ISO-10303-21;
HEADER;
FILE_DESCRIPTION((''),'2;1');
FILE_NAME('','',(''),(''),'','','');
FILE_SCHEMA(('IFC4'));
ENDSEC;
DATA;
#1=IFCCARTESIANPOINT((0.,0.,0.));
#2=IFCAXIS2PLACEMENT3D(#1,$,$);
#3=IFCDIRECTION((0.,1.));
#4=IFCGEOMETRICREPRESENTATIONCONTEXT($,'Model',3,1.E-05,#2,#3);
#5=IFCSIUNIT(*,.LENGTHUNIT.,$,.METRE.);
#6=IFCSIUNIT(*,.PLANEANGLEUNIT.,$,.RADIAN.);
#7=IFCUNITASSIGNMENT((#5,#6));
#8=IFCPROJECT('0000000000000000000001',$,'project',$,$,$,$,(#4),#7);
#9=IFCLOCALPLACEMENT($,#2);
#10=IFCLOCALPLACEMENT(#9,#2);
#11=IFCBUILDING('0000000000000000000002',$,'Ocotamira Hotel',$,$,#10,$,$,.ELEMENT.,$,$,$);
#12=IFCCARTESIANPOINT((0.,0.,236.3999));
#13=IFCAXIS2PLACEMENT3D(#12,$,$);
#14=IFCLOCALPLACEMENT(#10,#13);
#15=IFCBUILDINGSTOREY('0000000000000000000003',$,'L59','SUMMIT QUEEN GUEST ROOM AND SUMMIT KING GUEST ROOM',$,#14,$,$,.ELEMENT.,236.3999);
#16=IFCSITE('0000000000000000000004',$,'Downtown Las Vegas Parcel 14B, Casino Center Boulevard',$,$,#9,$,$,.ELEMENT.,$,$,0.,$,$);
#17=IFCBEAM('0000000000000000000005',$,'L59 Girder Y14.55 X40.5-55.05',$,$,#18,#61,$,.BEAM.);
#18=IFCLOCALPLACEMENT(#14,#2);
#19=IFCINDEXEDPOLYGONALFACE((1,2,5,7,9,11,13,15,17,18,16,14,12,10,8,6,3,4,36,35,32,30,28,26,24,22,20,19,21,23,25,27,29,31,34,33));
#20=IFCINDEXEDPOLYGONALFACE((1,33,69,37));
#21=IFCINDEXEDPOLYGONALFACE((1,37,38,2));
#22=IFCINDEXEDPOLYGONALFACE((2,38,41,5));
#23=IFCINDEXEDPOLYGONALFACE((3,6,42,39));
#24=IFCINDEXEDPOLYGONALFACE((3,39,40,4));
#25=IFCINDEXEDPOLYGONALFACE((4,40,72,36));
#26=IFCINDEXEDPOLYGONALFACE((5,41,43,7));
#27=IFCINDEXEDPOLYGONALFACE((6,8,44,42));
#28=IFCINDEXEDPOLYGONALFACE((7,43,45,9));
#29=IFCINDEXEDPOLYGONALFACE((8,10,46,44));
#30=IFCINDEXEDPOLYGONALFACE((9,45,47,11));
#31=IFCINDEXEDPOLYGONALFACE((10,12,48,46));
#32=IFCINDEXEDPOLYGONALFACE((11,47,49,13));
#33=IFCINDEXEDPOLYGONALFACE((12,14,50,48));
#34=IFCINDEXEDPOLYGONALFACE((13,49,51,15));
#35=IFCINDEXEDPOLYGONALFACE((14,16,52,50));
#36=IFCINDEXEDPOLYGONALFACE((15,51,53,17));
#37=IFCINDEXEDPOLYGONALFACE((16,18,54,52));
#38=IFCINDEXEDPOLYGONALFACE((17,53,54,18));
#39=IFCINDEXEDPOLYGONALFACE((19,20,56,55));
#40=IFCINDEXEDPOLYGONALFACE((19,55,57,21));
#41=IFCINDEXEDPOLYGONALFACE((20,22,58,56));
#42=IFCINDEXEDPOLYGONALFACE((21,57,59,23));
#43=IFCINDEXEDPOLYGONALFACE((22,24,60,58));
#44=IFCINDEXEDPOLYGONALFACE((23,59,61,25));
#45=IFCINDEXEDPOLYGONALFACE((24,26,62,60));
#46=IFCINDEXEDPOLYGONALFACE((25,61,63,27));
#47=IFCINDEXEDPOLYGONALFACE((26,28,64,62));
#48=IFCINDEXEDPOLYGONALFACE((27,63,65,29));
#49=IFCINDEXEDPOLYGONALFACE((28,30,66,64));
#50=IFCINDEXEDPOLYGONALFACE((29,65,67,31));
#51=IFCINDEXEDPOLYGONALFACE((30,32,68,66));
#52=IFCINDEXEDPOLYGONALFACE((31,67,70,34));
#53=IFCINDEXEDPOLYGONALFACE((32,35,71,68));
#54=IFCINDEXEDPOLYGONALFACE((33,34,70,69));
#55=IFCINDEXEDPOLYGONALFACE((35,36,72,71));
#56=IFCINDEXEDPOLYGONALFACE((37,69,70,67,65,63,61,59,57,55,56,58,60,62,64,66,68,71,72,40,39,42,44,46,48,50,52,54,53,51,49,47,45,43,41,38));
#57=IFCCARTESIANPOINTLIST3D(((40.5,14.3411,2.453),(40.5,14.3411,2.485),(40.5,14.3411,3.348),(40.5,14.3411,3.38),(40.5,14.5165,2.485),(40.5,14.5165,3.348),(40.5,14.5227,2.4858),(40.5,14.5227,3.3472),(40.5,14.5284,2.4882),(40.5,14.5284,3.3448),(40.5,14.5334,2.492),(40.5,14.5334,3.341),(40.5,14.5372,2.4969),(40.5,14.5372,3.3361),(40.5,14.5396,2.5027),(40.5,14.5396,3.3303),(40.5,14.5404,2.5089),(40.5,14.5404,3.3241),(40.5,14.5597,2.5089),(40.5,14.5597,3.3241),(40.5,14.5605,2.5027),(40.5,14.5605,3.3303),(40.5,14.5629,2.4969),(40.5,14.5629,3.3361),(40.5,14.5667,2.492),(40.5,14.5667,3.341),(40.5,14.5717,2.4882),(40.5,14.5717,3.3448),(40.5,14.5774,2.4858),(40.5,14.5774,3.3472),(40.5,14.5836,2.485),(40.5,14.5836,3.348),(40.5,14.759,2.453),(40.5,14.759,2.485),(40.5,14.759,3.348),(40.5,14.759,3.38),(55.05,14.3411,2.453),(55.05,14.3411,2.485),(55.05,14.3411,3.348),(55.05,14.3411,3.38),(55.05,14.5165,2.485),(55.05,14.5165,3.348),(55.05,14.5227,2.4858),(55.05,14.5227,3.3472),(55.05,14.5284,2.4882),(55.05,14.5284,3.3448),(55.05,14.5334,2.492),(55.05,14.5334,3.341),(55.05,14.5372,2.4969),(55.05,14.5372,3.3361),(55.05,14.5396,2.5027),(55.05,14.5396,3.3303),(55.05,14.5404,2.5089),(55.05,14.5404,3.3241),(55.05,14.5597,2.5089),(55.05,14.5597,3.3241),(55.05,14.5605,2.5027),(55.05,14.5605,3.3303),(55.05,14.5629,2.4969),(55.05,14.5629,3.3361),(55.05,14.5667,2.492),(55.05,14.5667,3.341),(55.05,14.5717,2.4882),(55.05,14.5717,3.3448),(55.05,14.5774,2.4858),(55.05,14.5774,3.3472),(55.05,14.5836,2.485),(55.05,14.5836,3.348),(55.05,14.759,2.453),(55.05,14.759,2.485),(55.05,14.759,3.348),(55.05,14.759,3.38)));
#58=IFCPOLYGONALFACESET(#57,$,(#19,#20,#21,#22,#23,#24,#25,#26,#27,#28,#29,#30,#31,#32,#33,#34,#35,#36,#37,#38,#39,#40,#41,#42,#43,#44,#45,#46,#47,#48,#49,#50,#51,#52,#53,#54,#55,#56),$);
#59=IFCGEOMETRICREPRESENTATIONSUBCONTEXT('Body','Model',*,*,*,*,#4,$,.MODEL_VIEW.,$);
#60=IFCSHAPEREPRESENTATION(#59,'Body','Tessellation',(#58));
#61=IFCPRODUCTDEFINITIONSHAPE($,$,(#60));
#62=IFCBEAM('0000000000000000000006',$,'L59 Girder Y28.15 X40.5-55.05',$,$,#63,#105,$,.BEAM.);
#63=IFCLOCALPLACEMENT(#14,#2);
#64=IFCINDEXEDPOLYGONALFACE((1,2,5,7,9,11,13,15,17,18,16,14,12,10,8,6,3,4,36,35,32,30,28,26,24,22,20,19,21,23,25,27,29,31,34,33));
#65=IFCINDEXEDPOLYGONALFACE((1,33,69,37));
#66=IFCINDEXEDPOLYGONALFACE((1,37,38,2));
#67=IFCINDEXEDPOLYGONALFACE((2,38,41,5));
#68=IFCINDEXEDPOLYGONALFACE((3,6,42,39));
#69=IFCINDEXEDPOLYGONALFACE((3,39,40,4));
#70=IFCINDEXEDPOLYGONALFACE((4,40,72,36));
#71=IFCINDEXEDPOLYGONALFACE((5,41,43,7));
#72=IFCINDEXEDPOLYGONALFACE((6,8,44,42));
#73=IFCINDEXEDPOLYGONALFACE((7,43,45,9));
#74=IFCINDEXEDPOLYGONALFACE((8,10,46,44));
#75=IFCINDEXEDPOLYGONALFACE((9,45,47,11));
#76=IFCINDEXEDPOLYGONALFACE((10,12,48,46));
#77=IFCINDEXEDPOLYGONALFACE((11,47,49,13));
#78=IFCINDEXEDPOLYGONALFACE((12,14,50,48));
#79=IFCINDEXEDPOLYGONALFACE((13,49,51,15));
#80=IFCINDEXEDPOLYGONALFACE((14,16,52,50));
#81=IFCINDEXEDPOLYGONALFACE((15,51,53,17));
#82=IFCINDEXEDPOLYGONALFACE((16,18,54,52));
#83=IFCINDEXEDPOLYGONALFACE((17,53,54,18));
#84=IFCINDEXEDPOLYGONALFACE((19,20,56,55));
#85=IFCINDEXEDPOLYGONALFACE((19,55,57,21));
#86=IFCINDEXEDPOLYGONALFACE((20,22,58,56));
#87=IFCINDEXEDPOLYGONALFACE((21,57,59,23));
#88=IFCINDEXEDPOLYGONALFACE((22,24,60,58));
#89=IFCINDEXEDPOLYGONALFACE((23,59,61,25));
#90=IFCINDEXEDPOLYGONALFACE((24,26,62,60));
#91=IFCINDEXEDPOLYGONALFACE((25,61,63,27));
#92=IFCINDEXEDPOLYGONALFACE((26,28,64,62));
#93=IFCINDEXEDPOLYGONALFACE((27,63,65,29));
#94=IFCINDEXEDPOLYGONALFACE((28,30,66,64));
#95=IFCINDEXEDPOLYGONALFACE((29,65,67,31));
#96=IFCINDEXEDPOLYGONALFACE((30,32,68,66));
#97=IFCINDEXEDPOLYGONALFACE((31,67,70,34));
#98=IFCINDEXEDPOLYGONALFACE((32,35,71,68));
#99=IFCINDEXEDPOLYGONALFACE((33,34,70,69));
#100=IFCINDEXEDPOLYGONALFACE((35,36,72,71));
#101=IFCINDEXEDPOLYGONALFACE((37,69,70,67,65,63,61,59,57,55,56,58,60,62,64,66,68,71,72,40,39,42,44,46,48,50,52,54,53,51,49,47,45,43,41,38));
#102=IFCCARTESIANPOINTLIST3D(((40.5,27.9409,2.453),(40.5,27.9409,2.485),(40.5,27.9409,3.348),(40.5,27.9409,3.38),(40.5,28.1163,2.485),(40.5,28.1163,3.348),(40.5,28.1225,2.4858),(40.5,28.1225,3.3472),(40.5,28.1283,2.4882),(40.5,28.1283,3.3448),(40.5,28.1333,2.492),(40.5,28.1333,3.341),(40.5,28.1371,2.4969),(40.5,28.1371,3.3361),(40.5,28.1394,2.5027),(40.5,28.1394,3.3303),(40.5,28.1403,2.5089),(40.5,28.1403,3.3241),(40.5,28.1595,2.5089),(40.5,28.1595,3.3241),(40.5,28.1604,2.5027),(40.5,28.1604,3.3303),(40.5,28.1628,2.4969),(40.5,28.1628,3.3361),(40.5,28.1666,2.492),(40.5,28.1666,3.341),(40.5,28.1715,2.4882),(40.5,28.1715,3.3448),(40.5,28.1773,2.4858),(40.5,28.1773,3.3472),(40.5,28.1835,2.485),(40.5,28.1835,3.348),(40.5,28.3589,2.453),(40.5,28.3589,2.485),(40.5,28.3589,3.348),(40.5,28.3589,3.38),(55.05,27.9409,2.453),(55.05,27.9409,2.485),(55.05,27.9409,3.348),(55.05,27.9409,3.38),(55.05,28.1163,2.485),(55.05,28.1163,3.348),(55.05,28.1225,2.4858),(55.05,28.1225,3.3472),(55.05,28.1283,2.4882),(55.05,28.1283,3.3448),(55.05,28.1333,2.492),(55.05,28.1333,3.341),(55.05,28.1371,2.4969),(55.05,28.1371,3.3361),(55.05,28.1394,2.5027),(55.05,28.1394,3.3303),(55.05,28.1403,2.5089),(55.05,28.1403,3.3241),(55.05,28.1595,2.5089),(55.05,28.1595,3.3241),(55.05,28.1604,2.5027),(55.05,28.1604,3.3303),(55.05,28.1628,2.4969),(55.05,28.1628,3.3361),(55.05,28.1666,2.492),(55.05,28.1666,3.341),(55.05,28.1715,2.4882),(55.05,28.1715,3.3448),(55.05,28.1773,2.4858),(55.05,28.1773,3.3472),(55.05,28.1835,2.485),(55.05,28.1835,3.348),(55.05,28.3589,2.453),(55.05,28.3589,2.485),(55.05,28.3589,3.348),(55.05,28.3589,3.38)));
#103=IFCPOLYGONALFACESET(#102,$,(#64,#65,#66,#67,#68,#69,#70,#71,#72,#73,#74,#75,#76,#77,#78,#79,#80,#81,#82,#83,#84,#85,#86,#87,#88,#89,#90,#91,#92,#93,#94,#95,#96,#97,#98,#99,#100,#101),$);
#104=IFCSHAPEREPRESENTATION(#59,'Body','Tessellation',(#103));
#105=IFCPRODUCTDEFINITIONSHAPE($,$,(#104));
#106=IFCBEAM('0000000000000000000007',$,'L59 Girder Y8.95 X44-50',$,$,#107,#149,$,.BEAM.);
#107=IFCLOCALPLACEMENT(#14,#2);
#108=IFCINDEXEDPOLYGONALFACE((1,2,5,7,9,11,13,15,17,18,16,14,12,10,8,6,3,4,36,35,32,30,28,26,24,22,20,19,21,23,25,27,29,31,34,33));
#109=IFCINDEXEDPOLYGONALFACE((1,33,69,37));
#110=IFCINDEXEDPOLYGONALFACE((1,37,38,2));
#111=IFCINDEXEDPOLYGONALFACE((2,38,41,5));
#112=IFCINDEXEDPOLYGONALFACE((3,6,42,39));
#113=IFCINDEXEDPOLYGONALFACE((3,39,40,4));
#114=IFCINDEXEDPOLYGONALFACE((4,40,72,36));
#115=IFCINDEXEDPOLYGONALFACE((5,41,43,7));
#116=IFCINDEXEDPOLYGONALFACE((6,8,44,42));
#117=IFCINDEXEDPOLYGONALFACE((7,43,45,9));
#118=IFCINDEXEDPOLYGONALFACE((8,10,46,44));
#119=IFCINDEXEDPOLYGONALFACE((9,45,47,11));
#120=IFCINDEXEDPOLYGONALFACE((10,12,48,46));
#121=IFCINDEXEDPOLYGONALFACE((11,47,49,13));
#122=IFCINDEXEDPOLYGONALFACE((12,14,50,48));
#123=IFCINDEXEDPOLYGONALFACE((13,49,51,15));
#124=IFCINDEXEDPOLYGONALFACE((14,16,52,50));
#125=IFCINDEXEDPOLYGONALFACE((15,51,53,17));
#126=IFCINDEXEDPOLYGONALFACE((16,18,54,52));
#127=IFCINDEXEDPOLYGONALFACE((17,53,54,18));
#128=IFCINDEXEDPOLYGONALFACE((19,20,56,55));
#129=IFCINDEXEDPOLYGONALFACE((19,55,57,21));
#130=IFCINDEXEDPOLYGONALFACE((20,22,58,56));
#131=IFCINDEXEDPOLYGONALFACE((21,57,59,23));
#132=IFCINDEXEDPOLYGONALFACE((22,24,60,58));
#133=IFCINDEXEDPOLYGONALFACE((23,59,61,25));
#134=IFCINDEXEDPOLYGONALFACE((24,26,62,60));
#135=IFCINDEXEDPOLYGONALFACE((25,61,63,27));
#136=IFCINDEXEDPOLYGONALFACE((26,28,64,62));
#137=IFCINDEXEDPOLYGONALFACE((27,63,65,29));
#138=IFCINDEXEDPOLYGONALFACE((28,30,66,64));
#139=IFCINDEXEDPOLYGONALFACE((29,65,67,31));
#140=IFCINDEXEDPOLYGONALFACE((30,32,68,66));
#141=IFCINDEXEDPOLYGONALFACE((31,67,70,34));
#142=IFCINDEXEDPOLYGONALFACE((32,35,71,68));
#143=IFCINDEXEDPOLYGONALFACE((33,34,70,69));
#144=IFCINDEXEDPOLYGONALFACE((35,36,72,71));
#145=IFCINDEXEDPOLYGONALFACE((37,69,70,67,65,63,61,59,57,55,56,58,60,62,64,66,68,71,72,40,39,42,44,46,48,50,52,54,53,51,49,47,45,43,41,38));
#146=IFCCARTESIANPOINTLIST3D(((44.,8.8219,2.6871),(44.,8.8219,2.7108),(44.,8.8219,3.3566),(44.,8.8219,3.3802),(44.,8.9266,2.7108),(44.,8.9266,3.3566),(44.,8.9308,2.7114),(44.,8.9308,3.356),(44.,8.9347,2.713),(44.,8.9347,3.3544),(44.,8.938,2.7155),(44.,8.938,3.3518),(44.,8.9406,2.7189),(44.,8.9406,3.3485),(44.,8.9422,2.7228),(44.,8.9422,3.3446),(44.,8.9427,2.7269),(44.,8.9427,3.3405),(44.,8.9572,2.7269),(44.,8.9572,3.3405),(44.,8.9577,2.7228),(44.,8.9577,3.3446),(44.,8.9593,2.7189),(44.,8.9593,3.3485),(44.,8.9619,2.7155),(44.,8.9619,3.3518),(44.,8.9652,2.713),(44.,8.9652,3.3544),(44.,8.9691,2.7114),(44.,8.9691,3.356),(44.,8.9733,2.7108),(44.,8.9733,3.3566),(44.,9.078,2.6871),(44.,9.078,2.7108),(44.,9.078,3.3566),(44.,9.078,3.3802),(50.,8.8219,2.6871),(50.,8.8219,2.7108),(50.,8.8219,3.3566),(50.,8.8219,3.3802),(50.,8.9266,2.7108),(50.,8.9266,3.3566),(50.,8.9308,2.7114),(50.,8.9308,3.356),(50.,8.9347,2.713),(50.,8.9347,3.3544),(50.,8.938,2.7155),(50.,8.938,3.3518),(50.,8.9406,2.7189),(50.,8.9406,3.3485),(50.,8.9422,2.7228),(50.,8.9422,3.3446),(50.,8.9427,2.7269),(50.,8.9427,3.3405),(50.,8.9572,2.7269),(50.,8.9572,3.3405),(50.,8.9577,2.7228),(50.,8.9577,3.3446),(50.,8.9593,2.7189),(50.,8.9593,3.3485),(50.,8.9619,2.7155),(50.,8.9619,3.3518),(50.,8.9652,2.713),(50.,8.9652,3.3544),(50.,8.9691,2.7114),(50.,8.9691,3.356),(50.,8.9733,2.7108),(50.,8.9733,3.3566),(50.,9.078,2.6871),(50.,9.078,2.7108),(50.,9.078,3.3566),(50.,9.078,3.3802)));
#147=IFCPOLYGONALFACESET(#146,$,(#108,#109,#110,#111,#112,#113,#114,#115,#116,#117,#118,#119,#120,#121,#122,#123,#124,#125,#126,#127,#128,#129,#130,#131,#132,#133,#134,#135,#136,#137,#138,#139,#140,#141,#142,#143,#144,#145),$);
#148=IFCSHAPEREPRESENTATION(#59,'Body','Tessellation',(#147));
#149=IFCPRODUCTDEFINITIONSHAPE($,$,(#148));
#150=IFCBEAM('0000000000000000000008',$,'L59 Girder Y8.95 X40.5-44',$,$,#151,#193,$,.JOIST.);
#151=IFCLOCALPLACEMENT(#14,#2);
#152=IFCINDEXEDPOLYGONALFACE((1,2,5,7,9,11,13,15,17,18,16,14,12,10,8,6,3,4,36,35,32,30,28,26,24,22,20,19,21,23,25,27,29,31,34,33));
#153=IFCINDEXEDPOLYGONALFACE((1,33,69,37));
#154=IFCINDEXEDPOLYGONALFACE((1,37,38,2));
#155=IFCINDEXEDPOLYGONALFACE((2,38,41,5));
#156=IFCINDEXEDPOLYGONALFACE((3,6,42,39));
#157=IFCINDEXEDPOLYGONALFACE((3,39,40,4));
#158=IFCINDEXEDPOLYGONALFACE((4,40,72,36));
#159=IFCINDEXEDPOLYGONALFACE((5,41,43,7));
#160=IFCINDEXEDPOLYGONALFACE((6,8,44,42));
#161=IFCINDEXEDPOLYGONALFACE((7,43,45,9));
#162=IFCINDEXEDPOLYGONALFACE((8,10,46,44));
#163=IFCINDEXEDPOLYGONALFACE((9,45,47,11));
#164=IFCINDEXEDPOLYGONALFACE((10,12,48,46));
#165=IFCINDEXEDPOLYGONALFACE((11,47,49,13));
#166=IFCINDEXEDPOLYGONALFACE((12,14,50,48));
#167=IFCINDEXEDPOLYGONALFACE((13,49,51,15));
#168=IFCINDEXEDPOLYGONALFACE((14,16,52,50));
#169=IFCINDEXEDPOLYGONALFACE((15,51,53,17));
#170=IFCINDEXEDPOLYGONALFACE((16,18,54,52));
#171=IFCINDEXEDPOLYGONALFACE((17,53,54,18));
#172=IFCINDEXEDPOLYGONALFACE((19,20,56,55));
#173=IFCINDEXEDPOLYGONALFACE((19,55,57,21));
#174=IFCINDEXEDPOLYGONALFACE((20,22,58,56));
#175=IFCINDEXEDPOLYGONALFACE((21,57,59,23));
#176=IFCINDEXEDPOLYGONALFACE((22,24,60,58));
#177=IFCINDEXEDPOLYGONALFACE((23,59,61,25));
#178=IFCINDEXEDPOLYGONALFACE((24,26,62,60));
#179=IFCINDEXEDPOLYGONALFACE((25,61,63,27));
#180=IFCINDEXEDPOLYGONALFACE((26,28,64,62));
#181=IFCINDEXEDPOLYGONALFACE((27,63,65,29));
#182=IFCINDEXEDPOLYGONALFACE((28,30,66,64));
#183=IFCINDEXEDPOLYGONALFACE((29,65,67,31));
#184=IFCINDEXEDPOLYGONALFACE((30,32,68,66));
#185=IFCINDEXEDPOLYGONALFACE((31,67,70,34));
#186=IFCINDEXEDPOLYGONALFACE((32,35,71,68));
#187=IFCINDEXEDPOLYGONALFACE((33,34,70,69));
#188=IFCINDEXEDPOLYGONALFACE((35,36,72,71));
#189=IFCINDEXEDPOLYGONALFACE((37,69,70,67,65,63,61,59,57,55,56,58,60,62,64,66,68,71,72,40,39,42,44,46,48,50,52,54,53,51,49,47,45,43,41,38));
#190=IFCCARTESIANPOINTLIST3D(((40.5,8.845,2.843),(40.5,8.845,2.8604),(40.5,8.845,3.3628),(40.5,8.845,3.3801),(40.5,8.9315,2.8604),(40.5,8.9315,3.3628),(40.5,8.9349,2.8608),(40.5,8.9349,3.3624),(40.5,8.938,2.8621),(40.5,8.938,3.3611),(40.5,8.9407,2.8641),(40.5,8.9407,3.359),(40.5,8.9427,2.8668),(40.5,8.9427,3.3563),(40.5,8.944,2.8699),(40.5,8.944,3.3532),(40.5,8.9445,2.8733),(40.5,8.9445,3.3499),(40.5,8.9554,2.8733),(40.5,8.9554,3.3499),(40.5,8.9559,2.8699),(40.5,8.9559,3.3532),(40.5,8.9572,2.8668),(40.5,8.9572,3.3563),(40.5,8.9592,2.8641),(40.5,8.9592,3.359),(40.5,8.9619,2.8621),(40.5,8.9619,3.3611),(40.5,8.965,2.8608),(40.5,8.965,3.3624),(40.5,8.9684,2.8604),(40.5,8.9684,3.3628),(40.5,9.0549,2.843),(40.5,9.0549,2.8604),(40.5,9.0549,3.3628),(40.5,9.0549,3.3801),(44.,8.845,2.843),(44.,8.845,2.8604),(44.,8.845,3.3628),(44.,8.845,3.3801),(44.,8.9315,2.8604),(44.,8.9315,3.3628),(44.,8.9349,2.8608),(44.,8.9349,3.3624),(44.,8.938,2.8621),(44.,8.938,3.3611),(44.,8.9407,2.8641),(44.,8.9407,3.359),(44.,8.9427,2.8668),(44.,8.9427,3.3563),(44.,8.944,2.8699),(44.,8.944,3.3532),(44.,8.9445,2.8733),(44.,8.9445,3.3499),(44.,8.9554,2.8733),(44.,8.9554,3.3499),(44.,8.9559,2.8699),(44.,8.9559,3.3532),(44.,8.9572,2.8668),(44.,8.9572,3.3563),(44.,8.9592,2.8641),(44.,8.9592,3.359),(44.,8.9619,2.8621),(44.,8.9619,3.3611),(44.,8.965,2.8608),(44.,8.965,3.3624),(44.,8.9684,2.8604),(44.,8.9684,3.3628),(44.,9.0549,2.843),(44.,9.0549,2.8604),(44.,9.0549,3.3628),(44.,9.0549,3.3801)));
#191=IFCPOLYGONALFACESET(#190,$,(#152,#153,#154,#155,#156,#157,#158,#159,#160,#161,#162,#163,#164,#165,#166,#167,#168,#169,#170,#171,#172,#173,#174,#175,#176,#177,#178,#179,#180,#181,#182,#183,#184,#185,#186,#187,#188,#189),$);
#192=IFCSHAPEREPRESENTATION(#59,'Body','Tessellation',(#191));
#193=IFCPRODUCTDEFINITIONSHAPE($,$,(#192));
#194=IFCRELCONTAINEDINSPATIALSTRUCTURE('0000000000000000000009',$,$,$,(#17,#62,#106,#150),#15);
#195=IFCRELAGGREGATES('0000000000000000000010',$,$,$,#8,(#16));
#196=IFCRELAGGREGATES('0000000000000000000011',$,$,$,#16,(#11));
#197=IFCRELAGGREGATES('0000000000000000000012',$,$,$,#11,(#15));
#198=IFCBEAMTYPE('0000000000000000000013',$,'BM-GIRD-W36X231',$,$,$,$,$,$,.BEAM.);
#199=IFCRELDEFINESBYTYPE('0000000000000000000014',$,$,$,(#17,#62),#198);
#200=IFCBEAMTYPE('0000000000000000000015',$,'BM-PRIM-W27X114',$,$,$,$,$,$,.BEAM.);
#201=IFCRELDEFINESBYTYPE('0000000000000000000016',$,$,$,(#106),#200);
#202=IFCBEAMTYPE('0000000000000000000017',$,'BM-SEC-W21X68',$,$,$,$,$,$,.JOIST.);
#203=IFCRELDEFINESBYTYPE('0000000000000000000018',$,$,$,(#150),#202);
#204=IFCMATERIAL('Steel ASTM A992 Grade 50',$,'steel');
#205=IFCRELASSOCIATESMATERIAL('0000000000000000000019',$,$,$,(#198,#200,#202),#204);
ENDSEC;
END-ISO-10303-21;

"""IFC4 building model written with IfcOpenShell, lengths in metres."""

from ifc_helpers import new_model, si_unit, direction, frame, origin, origin_2d, place, context, subcontext, project, spatial, i_section, extrude, source, transform, mapped, material, material_profile, profile_set, type_object, element, save


model = new_model("IFC4")

# Units and contexts
model_context = context("Model", 3, precision=1e-05, world=origin(), true_north=direction((0.0, 1.0)))
body_context = subcontext(model_context, "Body", "Model", "MODEL_VIEW")
ifc_project = project(units=[si_unit("LENGTHUNIT", "METRE"), si_unit("PLANEANGLEUNIT", "RADIAN")], contexts=[model_context])

# Site, building, storey
site_placement = place(None, origin())
site = spatial("IfcSite", under=ifc_project, at=site_placement, Name="Downtown Las Vegas Parcel 14B, Casino Center Boulevard", CompositionType="ELEMENT", RefElevation=0.0)
building_placement = place(site_placement, origin())
building = spatial("IfcBuilding", under=site, at=building_placement, Name="Ocotamira Hotel", CompositionType="ELEMENT")
storey_placement = place(building_placement, frame((0.0, 0.0, 236.3999)))
storey = spatial("IfcBuildingStorey", under=building, at=storey_placement, Name="L59", Description="SUMMIT QUEEN GUEST ROOM AND SUMMIT KING GUEST ROOM", CompositionType="ELEMENT", Elevation=236.3999)

# Shared definitions
ifc_material_1 = material(Name="Steel ASTM A992 Grade 50", Category="steel")

# Beams
ifc_material_profile_1 = material_profile(ifc_material_1, i_section(OverallWidth=0.418, OverallDepth=0.927, WebThickness=0.0193, FlangeThickness=0.032, FilletRadius=0.0239, at=origin_2d()), Name="W36X231")
ifc_profile_set_1 = profile_set([ifc_material_profile_1], Name="Steel ASTM A992 Grade 50")
beam_type_1 = type_object("IfcBeamType", Name="BM-GIRD-W36X231", PredefinedType="BEAM", material=ifc_profile_set_1)
shared_shape_1 = source(origin(), body_context, "Body", "SweptSolid", [
    extrude(i_section(OverallWidth=0.418, OverallDepth=0.927, WebThickness=0.0193, FlangeThickness=0.032, FilletRadius=0.0239, at=origin_2d()), origin(), (0.0, 0.0, 1.0), 14.55),
])
for number, where, z_axis, x_axis, name in (
    (1, (40.5, 14.55, 2.9165), (1.0, 0.0, 0.0), (0.0, 1.0, 0.0), "L59 Girder Y14.55 X40.5-55.05"),
    (2, (40.5, 28.1499, 2.9165), (1.0, 0.0, 0.0), (0.0, 1.0, 0.0), "L59 Girder Y28.15 X40.5-55.05"),
):
    element("IfcBeam", number, at=place(storey_placement, frame(where, z_axis=z_axis, x_axis=x_axis)), inside=storey, type_object=beam_type_1, Name=name, PredefinedType="BEAM", context=body_context, shape_type="MappedRepresentation", body=[
        mapped(shared_shape_1, transform((0.0, 0.0, 0.0), scale=1.0)),
    ])
ifc_material_profile_2 = material_profile(ifc_material_1, i_section(OverallWidth=0.2561, OverallDepth=0.6931, WebThickness=0.0144, FlangeThickness=0.0237, FilletRadius=0.0161, at=origin_2d()), Name="W27X114")
ifc_profile_set_2 = profile_set([ifc_material_profile_2], Name="Steel ASTM A992 Grade 50")
beam_type_2 = type_object("IfcBeamType", Name="BM-PRIM-W27X114", PredefinedType="BEAM", material=ifc_profile_set_2)
shared_shape_2 = source(origin(), body_context, "Body", "SweptSolid", [
    extrude(i_section(OverallWidth=0.2561, OverallDepth=0.6931, WebThickness=0.0144, FlangeThickness=0.0237, FilletRadius=0.0161, at=origin_2d()), origin(), (0.0, 0.0, 1.0), 6.0),
])
beam_1_placement = place(storey_placement, frame((44.0, 8.95, 3.0337), z_axis=(1.0, 0.0, 0.0), x_axis=(0.0, 1.0, 0.0)))
element("IfcBeam", 3, at=beam_1_placement, inside=storey, type_object=beam_type_2, Name="L59 Girder Y8.95 X44-50", PredefinedType="BEAM", context=body_context, shape_type="MappedRepresentation", body=[
    mapped(shared_shape_2, transform((0.0, 0.0, 0.0), scale=1.0)),
])
ifc_material_profile_3 = material_profile(ifc_material_1, i_section(OverallWidth=0.21, OverallDepth=0.5371, WebThickness=0.011, FlangeThickness=0.0173, FilletRadius=0.0129, at=origin_2d()), Name="W21X68")
ifc_profile_set_3 = profile_set([ifc_material_profile_3], Name="Steel ASTM A992 Grade 50")
beam_type_3 = type_object("IfcBeamType", Name="BM-SEC-W21X68", PredefinedType="JOIST", material=ifc_profile_set_3)
shared_shape_3 = source(origin(), body_context, "Body", "SweptSolid", [
    extrude(i_section(OverallWidth=0.21, OverallDepth=0.5371, WebThickness=0.011, FlangeThickness=0.0173, FilletRadius=0.0129, at=origin_2d()), origin(), (0.0, 0.0, 1.0), 3.5),
])
beam_2_placement = place(storey_placement, frame((40.5, 8.95, 3.1116), z_axis=(1.0, 0.0, 0.0), x_axis=(0.0, 1.0, 0.0)))
element("IfcBeam", 4, at=beam_2_placement, inside=storey, type_object=beam_type_3, Name="L59 Girder Y8.95 X40.5-44", PredefinedType="JOIST", context=body_context, shape_type="MappedRepresentation", body=[
    mapped(shared_shape_3, transform((0.0, 0.0, 0.0), scale=1.0)),
])

save(model, "model.ifc")
